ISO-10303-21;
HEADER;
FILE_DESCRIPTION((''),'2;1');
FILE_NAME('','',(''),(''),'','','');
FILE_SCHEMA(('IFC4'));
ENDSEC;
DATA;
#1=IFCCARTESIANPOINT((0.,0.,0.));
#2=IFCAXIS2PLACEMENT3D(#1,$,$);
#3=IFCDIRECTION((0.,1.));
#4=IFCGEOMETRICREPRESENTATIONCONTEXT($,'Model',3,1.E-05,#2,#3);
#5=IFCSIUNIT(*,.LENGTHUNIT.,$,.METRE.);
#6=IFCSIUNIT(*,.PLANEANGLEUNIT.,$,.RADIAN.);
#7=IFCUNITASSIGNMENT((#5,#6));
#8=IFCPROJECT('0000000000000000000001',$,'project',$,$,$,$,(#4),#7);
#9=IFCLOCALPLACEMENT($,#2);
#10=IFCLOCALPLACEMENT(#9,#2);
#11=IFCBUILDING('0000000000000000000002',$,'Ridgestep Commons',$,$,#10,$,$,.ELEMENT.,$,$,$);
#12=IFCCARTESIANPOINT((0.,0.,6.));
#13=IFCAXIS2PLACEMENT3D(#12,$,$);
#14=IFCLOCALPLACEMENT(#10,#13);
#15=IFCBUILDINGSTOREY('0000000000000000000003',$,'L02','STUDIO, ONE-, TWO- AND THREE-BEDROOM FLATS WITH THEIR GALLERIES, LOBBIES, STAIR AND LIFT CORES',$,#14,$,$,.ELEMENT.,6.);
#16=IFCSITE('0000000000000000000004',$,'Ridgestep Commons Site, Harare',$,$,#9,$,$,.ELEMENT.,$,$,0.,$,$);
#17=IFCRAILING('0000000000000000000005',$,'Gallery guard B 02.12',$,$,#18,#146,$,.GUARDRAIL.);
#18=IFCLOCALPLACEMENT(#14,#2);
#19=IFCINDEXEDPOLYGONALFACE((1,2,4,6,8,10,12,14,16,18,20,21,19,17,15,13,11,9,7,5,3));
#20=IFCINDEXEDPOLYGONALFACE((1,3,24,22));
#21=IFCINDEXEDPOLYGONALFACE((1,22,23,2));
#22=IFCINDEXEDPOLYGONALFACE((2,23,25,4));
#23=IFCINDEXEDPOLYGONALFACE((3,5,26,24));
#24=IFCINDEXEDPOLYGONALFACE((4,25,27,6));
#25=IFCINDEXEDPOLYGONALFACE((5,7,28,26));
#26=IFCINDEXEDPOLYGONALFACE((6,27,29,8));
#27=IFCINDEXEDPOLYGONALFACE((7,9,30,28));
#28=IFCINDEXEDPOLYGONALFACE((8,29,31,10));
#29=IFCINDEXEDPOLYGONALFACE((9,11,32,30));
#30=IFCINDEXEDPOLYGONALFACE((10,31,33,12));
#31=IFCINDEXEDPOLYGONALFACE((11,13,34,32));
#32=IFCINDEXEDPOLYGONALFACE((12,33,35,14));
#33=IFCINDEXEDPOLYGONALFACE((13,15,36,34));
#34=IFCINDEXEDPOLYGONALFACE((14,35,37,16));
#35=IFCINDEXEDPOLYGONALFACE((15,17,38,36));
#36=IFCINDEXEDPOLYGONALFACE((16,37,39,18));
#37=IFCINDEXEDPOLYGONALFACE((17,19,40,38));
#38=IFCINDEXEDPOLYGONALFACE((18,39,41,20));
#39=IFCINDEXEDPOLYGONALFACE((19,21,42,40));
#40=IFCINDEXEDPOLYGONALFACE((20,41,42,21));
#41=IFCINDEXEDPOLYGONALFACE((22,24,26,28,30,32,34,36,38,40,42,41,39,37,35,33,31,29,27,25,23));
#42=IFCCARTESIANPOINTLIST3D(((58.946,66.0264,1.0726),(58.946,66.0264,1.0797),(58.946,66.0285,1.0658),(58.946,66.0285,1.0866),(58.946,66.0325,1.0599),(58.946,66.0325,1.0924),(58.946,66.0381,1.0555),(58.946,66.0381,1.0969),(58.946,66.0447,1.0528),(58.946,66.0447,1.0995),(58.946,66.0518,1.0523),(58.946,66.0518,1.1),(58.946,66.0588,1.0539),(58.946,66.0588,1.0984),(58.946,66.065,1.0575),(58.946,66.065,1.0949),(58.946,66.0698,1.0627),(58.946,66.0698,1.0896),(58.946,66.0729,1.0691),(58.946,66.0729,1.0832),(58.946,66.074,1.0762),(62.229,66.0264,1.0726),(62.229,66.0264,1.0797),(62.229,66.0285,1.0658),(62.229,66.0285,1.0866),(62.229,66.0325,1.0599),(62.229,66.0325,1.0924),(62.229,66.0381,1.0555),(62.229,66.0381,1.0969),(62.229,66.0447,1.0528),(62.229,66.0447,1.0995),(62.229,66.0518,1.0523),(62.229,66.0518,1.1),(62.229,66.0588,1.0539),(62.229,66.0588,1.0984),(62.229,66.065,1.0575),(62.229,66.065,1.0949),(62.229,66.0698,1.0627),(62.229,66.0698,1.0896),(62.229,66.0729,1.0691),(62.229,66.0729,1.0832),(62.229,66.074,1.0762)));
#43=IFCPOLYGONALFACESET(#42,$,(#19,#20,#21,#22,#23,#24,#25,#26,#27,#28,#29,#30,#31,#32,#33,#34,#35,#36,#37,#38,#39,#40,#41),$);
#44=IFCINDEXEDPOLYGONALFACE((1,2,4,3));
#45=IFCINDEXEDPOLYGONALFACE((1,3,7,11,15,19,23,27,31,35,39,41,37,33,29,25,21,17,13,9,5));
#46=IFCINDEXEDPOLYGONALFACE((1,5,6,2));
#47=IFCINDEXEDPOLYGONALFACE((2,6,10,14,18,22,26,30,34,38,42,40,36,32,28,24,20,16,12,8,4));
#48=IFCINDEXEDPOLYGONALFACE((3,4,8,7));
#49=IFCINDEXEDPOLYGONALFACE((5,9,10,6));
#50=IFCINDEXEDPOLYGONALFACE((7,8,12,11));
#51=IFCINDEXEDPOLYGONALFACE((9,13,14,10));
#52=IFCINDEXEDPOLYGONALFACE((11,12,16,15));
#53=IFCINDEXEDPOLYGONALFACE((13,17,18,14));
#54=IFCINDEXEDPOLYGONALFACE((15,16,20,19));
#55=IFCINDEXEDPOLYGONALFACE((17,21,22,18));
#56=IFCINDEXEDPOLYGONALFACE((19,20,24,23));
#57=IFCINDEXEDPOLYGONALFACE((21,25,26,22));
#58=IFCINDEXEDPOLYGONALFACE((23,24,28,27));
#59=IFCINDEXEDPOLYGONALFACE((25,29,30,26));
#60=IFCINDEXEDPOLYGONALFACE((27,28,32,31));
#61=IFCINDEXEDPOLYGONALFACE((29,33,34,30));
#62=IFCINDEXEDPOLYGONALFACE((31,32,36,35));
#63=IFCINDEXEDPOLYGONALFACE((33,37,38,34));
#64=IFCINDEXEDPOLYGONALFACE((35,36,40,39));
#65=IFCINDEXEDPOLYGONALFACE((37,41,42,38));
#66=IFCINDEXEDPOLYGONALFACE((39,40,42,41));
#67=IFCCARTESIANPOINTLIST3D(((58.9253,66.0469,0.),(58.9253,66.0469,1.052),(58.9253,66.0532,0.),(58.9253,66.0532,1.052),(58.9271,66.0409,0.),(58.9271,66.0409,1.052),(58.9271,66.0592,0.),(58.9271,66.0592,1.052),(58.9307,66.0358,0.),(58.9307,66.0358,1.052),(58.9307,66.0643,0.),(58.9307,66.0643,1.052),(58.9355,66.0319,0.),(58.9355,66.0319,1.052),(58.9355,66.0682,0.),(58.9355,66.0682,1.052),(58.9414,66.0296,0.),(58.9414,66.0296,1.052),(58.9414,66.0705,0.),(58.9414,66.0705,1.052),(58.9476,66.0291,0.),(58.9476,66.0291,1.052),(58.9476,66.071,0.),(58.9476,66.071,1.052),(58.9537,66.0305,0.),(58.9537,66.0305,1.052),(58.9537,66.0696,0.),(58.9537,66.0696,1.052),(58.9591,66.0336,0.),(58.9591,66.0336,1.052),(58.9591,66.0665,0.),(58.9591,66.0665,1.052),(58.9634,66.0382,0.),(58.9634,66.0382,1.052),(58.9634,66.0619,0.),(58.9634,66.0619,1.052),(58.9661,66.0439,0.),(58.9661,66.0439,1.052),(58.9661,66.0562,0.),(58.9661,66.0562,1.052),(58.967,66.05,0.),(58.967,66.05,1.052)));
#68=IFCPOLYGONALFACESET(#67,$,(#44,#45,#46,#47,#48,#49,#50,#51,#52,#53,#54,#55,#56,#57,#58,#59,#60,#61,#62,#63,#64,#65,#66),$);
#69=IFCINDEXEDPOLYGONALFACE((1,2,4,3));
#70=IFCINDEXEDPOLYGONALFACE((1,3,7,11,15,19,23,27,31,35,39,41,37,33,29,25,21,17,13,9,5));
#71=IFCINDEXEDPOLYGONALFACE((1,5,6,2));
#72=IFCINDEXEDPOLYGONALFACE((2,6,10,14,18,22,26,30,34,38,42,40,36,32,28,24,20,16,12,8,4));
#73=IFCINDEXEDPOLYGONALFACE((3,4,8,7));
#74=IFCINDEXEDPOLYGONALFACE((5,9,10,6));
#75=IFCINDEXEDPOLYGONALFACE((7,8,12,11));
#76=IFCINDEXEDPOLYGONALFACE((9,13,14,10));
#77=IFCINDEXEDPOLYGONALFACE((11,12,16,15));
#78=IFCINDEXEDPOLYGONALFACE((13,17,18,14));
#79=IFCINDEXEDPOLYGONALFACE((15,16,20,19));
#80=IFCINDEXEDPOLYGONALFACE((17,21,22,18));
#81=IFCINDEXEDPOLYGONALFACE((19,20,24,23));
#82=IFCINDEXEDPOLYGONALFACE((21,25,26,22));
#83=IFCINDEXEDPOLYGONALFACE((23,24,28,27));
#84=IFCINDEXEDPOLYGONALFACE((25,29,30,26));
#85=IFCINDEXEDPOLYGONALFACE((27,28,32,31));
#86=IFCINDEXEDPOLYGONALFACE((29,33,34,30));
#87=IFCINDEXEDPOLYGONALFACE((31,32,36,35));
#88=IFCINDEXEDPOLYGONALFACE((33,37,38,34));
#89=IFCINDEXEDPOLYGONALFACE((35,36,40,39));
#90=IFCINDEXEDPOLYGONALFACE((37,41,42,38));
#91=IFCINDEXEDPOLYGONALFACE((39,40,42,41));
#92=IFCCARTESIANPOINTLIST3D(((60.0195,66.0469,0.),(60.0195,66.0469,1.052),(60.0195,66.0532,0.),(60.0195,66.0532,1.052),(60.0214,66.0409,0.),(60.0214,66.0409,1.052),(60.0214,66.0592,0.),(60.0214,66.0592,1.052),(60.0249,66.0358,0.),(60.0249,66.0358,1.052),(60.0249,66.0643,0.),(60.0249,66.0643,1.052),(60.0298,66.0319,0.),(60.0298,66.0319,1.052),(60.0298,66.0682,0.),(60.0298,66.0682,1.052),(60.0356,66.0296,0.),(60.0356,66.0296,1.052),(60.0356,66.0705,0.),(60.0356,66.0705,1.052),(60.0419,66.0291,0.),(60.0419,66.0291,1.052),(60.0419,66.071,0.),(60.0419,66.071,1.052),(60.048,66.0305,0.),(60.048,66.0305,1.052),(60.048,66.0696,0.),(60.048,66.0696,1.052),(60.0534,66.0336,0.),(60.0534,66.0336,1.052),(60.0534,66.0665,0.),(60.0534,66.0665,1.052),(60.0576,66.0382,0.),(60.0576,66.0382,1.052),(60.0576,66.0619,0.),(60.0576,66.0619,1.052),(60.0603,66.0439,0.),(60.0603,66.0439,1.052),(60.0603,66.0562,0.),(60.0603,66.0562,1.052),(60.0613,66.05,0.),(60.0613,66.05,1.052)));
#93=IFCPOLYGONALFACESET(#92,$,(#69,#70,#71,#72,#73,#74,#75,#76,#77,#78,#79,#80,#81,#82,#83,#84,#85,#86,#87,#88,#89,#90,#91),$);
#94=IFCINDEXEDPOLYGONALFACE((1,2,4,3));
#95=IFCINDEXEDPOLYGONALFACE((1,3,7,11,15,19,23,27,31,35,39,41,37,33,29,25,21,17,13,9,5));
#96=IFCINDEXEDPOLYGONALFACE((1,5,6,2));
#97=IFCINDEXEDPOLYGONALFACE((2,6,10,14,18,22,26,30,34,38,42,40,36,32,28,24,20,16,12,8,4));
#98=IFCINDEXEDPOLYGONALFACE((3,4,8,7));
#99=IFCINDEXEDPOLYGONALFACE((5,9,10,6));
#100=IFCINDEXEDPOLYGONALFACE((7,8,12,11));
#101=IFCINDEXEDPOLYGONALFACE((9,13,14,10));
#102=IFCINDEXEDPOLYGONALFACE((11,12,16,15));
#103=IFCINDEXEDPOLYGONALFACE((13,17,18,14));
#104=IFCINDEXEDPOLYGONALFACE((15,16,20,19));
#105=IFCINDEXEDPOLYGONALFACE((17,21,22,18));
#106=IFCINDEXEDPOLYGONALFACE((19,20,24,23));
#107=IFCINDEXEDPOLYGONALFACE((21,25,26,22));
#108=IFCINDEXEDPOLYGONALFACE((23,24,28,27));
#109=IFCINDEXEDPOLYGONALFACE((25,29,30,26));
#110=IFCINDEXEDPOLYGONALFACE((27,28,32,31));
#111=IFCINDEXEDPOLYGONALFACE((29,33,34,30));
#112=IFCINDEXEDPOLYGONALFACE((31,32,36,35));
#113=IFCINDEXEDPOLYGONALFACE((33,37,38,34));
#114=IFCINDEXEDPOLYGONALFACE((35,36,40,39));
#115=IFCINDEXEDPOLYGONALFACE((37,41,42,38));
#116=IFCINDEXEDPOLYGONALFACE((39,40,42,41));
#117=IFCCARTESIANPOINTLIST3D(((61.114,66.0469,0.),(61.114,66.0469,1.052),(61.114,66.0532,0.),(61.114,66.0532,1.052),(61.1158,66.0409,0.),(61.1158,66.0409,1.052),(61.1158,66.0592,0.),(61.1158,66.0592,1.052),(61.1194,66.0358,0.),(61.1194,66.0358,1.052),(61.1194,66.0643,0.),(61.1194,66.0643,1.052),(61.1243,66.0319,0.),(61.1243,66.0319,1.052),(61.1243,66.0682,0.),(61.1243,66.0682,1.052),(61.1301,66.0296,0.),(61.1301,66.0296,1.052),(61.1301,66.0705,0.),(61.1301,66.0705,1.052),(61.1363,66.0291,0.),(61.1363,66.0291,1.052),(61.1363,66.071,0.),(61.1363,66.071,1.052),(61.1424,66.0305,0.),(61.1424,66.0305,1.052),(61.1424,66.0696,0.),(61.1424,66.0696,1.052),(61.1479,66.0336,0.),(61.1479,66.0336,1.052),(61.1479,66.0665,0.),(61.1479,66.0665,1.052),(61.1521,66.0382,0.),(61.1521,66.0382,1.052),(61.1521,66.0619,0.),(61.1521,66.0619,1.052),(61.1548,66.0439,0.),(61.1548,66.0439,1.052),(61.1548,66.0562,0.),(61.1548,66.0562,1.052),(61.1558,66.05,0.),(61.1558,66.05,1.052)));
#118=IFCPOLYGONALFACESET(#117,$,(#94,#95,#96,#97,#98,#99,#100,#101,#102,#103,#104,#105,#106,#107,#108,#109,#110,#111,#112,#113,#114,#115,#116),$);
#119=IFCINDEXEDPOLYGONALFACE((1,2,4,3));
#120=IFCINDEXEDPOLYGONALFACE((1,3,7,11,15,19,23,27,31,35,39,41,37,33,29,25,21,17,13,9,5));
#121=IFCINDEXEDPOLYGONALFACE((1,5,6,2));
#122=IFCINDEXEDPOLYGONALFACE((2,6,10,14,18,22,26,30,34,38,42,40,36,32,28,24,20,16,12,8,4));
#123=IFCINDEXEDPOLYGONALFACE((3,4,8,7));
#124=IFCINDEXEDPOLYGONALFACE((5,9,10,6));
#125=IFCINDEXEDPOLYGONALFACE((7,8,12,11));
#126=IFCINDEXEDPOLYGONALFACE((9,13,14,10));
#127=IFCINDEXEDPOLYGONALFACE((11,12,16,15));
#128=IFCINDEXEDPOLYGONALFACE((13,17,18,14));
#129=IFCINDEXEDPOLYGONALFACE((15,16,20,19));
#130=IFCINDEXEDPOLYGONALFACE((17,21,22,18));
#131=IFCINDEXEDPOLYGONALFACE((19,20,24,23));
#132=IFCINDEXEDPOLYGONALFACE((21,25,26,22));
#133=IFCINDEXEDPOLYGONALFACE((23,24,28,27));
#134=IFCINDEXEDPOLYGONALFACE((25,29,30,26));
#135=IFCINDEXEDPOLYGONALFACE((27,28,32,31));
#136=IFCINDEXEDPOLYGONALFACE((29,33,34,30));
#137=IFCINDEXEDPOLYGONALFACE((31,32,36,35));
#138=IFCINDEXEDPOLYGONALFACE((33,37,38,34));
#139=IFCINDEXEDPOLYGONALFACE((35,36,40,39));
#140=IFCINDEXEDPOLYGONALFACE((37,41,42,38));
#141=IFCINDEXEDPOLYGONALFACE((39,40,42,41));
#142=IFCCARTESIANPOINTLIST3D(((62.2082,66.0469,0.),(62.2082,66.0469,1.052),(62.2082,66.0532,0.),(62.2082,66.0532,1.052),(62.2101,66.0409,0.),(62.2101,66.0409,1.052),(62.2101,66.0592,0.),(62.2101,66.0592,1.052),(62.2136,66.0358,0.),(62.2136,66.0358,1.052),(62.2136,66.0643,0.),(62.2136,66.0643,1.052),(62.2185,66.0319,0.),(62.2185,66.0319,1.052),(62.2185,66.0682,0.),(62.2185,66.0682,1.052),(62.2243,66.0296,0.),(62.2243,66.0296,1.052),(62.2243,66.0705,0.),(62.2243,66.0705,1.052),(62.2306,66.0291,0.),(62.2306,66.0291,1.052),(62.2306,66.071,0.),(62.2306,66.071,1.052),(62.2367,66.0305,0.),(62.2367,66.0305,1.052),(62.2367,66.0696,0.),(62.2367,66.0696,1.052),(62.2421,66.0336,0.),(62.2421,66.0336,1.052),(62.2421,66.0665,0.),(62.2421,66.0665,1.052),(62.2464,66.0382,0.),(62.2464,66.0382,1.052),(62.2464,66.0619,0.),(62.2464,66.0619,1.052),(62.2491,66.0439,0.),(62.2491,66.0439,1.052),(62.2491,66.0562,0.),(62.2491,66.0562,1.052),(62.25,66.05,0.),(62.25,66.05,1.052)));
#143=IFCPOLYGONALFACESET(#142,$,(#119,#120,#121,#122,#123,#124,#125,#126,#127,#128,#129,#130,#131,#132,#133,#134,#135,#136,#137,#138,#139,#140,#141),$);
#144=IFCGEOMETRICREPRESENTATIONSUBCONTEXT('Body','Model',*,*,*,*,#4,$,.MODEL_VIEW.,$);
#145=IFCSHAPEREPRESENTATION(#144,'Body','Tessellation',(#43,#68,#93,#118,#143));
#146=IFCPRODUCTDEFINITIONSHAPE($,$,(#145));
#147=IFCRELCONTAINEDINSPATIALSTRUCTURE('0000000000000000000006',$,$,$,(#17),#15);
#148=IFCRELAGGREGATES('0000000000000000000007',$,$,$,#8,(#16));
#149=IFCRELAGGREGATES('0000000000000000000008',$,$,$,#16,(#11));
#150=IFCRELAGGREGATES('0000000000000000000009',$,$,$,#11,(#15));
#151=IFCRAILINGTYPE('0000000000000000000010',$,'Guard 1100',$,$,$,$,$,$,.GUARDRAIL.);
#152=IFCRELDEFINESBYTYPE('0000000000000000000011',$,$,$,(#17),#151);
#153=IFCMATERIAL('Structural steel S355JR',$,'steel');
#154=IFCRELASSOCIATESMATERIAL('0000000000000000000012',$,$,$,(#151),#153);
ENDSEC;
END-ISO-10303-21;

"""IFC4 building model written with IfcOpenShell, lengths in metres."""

from ifc_helpers import new_model, si_unit, direction, frame, origin, origin_2d, place, context, subcontext, project, spatial, circle, extrude, material, type_object, element, save


model = new_model("IFC4")

# Units and contexts
model_context = context("Model", 3, precision=1e-05, world=origin(), true_north=direction((0.0, 1.0)))
body_context = subcontext(model_context, "Body", "Model", "MODEL_VIEW")
ifc_project = project(units=[si_unit("LENGTHUNIT", "METRE"), si_unit("PLANEANGLEUNIT", "RADIAN")], contexts=[model_context])

# Site, building, storey
site_placement = place(None, origin())
site = spatial("IfcSite", under=ifc_project, at=site_placement, Name="Ridgestep Commons Site, Harare", CompositionType="ELEMENT", RefElevation=0.0)
building_placement = place(site_placement, origin())
building = spatial("IfcBuilding", under=site, at=building_placement, Name="Ridgestep Commons", CompositionType="ELEMENT")
storey_placement = place(building_placement, frame((0.0, 0.0, 6.0)))
storey = spatial("IfcBuildingStorey", under=building, at=storey_placement, Name="L02", Description="STUDIO, ONE-, TWO- AND THREE-BEDROOM FLATS WITH THEIR GALLERIES, LOBBIES, STAIR AND LIFT CORES", CompositionType="ELEMENT", Elevation=6.0)

# Railing
ifc_material_1 = material(Name="Structural steel S355JR", Category="steel")
railing_type = type_object("IfcRailingType", Name="Guard 1100", PredefinedType="GUARDRAIL", material=ifc_material_1)
for number, where, name in (
    (1, (58.946, 66.05, 0.0), "Gallery guard B 02.12"),
):
    element("IfcRailing", number, at=place(storey_placement, frame(where)), inside=storey, type_object=railing_type, Name=name, PredefinedType="GUARDRAIL", context=body_context, shape_type="SweptSolid", body=[
        extrude(circle(Radius=0.0239, at=origin_2d()), frame((0.0, 0.0, 1.0762), z_axis=(1.0, 0.0, 0.0), x_axis=(0.0, 1.0, 0.0)), (0.0, 0.0, 1.0), 3.283),
        extrude(circle(Radius=0.021, at=origin_2d()), origin(), (0.0, 0.0, 1.0), 1.052),
        extrude(circle(Radius=0.021, at=origin_2d()), frame((1.0942, 0.0, 0.0)), (0.0, 0.0, 1.0), 1.052),
        extrude(circle(Radius=0.021, at=origin_2d()), frame((2.1887, 0.0, 0.0)), (0.0, 0.0, 1.0), 1.052),
        extrude(circle(Radius=0.021, at=origin_2d()), frame((3.283, 0.0, 0.0)), (0.0, 0.0, 1.0), 1.052),
    ])

save(model, "model.ifc")
